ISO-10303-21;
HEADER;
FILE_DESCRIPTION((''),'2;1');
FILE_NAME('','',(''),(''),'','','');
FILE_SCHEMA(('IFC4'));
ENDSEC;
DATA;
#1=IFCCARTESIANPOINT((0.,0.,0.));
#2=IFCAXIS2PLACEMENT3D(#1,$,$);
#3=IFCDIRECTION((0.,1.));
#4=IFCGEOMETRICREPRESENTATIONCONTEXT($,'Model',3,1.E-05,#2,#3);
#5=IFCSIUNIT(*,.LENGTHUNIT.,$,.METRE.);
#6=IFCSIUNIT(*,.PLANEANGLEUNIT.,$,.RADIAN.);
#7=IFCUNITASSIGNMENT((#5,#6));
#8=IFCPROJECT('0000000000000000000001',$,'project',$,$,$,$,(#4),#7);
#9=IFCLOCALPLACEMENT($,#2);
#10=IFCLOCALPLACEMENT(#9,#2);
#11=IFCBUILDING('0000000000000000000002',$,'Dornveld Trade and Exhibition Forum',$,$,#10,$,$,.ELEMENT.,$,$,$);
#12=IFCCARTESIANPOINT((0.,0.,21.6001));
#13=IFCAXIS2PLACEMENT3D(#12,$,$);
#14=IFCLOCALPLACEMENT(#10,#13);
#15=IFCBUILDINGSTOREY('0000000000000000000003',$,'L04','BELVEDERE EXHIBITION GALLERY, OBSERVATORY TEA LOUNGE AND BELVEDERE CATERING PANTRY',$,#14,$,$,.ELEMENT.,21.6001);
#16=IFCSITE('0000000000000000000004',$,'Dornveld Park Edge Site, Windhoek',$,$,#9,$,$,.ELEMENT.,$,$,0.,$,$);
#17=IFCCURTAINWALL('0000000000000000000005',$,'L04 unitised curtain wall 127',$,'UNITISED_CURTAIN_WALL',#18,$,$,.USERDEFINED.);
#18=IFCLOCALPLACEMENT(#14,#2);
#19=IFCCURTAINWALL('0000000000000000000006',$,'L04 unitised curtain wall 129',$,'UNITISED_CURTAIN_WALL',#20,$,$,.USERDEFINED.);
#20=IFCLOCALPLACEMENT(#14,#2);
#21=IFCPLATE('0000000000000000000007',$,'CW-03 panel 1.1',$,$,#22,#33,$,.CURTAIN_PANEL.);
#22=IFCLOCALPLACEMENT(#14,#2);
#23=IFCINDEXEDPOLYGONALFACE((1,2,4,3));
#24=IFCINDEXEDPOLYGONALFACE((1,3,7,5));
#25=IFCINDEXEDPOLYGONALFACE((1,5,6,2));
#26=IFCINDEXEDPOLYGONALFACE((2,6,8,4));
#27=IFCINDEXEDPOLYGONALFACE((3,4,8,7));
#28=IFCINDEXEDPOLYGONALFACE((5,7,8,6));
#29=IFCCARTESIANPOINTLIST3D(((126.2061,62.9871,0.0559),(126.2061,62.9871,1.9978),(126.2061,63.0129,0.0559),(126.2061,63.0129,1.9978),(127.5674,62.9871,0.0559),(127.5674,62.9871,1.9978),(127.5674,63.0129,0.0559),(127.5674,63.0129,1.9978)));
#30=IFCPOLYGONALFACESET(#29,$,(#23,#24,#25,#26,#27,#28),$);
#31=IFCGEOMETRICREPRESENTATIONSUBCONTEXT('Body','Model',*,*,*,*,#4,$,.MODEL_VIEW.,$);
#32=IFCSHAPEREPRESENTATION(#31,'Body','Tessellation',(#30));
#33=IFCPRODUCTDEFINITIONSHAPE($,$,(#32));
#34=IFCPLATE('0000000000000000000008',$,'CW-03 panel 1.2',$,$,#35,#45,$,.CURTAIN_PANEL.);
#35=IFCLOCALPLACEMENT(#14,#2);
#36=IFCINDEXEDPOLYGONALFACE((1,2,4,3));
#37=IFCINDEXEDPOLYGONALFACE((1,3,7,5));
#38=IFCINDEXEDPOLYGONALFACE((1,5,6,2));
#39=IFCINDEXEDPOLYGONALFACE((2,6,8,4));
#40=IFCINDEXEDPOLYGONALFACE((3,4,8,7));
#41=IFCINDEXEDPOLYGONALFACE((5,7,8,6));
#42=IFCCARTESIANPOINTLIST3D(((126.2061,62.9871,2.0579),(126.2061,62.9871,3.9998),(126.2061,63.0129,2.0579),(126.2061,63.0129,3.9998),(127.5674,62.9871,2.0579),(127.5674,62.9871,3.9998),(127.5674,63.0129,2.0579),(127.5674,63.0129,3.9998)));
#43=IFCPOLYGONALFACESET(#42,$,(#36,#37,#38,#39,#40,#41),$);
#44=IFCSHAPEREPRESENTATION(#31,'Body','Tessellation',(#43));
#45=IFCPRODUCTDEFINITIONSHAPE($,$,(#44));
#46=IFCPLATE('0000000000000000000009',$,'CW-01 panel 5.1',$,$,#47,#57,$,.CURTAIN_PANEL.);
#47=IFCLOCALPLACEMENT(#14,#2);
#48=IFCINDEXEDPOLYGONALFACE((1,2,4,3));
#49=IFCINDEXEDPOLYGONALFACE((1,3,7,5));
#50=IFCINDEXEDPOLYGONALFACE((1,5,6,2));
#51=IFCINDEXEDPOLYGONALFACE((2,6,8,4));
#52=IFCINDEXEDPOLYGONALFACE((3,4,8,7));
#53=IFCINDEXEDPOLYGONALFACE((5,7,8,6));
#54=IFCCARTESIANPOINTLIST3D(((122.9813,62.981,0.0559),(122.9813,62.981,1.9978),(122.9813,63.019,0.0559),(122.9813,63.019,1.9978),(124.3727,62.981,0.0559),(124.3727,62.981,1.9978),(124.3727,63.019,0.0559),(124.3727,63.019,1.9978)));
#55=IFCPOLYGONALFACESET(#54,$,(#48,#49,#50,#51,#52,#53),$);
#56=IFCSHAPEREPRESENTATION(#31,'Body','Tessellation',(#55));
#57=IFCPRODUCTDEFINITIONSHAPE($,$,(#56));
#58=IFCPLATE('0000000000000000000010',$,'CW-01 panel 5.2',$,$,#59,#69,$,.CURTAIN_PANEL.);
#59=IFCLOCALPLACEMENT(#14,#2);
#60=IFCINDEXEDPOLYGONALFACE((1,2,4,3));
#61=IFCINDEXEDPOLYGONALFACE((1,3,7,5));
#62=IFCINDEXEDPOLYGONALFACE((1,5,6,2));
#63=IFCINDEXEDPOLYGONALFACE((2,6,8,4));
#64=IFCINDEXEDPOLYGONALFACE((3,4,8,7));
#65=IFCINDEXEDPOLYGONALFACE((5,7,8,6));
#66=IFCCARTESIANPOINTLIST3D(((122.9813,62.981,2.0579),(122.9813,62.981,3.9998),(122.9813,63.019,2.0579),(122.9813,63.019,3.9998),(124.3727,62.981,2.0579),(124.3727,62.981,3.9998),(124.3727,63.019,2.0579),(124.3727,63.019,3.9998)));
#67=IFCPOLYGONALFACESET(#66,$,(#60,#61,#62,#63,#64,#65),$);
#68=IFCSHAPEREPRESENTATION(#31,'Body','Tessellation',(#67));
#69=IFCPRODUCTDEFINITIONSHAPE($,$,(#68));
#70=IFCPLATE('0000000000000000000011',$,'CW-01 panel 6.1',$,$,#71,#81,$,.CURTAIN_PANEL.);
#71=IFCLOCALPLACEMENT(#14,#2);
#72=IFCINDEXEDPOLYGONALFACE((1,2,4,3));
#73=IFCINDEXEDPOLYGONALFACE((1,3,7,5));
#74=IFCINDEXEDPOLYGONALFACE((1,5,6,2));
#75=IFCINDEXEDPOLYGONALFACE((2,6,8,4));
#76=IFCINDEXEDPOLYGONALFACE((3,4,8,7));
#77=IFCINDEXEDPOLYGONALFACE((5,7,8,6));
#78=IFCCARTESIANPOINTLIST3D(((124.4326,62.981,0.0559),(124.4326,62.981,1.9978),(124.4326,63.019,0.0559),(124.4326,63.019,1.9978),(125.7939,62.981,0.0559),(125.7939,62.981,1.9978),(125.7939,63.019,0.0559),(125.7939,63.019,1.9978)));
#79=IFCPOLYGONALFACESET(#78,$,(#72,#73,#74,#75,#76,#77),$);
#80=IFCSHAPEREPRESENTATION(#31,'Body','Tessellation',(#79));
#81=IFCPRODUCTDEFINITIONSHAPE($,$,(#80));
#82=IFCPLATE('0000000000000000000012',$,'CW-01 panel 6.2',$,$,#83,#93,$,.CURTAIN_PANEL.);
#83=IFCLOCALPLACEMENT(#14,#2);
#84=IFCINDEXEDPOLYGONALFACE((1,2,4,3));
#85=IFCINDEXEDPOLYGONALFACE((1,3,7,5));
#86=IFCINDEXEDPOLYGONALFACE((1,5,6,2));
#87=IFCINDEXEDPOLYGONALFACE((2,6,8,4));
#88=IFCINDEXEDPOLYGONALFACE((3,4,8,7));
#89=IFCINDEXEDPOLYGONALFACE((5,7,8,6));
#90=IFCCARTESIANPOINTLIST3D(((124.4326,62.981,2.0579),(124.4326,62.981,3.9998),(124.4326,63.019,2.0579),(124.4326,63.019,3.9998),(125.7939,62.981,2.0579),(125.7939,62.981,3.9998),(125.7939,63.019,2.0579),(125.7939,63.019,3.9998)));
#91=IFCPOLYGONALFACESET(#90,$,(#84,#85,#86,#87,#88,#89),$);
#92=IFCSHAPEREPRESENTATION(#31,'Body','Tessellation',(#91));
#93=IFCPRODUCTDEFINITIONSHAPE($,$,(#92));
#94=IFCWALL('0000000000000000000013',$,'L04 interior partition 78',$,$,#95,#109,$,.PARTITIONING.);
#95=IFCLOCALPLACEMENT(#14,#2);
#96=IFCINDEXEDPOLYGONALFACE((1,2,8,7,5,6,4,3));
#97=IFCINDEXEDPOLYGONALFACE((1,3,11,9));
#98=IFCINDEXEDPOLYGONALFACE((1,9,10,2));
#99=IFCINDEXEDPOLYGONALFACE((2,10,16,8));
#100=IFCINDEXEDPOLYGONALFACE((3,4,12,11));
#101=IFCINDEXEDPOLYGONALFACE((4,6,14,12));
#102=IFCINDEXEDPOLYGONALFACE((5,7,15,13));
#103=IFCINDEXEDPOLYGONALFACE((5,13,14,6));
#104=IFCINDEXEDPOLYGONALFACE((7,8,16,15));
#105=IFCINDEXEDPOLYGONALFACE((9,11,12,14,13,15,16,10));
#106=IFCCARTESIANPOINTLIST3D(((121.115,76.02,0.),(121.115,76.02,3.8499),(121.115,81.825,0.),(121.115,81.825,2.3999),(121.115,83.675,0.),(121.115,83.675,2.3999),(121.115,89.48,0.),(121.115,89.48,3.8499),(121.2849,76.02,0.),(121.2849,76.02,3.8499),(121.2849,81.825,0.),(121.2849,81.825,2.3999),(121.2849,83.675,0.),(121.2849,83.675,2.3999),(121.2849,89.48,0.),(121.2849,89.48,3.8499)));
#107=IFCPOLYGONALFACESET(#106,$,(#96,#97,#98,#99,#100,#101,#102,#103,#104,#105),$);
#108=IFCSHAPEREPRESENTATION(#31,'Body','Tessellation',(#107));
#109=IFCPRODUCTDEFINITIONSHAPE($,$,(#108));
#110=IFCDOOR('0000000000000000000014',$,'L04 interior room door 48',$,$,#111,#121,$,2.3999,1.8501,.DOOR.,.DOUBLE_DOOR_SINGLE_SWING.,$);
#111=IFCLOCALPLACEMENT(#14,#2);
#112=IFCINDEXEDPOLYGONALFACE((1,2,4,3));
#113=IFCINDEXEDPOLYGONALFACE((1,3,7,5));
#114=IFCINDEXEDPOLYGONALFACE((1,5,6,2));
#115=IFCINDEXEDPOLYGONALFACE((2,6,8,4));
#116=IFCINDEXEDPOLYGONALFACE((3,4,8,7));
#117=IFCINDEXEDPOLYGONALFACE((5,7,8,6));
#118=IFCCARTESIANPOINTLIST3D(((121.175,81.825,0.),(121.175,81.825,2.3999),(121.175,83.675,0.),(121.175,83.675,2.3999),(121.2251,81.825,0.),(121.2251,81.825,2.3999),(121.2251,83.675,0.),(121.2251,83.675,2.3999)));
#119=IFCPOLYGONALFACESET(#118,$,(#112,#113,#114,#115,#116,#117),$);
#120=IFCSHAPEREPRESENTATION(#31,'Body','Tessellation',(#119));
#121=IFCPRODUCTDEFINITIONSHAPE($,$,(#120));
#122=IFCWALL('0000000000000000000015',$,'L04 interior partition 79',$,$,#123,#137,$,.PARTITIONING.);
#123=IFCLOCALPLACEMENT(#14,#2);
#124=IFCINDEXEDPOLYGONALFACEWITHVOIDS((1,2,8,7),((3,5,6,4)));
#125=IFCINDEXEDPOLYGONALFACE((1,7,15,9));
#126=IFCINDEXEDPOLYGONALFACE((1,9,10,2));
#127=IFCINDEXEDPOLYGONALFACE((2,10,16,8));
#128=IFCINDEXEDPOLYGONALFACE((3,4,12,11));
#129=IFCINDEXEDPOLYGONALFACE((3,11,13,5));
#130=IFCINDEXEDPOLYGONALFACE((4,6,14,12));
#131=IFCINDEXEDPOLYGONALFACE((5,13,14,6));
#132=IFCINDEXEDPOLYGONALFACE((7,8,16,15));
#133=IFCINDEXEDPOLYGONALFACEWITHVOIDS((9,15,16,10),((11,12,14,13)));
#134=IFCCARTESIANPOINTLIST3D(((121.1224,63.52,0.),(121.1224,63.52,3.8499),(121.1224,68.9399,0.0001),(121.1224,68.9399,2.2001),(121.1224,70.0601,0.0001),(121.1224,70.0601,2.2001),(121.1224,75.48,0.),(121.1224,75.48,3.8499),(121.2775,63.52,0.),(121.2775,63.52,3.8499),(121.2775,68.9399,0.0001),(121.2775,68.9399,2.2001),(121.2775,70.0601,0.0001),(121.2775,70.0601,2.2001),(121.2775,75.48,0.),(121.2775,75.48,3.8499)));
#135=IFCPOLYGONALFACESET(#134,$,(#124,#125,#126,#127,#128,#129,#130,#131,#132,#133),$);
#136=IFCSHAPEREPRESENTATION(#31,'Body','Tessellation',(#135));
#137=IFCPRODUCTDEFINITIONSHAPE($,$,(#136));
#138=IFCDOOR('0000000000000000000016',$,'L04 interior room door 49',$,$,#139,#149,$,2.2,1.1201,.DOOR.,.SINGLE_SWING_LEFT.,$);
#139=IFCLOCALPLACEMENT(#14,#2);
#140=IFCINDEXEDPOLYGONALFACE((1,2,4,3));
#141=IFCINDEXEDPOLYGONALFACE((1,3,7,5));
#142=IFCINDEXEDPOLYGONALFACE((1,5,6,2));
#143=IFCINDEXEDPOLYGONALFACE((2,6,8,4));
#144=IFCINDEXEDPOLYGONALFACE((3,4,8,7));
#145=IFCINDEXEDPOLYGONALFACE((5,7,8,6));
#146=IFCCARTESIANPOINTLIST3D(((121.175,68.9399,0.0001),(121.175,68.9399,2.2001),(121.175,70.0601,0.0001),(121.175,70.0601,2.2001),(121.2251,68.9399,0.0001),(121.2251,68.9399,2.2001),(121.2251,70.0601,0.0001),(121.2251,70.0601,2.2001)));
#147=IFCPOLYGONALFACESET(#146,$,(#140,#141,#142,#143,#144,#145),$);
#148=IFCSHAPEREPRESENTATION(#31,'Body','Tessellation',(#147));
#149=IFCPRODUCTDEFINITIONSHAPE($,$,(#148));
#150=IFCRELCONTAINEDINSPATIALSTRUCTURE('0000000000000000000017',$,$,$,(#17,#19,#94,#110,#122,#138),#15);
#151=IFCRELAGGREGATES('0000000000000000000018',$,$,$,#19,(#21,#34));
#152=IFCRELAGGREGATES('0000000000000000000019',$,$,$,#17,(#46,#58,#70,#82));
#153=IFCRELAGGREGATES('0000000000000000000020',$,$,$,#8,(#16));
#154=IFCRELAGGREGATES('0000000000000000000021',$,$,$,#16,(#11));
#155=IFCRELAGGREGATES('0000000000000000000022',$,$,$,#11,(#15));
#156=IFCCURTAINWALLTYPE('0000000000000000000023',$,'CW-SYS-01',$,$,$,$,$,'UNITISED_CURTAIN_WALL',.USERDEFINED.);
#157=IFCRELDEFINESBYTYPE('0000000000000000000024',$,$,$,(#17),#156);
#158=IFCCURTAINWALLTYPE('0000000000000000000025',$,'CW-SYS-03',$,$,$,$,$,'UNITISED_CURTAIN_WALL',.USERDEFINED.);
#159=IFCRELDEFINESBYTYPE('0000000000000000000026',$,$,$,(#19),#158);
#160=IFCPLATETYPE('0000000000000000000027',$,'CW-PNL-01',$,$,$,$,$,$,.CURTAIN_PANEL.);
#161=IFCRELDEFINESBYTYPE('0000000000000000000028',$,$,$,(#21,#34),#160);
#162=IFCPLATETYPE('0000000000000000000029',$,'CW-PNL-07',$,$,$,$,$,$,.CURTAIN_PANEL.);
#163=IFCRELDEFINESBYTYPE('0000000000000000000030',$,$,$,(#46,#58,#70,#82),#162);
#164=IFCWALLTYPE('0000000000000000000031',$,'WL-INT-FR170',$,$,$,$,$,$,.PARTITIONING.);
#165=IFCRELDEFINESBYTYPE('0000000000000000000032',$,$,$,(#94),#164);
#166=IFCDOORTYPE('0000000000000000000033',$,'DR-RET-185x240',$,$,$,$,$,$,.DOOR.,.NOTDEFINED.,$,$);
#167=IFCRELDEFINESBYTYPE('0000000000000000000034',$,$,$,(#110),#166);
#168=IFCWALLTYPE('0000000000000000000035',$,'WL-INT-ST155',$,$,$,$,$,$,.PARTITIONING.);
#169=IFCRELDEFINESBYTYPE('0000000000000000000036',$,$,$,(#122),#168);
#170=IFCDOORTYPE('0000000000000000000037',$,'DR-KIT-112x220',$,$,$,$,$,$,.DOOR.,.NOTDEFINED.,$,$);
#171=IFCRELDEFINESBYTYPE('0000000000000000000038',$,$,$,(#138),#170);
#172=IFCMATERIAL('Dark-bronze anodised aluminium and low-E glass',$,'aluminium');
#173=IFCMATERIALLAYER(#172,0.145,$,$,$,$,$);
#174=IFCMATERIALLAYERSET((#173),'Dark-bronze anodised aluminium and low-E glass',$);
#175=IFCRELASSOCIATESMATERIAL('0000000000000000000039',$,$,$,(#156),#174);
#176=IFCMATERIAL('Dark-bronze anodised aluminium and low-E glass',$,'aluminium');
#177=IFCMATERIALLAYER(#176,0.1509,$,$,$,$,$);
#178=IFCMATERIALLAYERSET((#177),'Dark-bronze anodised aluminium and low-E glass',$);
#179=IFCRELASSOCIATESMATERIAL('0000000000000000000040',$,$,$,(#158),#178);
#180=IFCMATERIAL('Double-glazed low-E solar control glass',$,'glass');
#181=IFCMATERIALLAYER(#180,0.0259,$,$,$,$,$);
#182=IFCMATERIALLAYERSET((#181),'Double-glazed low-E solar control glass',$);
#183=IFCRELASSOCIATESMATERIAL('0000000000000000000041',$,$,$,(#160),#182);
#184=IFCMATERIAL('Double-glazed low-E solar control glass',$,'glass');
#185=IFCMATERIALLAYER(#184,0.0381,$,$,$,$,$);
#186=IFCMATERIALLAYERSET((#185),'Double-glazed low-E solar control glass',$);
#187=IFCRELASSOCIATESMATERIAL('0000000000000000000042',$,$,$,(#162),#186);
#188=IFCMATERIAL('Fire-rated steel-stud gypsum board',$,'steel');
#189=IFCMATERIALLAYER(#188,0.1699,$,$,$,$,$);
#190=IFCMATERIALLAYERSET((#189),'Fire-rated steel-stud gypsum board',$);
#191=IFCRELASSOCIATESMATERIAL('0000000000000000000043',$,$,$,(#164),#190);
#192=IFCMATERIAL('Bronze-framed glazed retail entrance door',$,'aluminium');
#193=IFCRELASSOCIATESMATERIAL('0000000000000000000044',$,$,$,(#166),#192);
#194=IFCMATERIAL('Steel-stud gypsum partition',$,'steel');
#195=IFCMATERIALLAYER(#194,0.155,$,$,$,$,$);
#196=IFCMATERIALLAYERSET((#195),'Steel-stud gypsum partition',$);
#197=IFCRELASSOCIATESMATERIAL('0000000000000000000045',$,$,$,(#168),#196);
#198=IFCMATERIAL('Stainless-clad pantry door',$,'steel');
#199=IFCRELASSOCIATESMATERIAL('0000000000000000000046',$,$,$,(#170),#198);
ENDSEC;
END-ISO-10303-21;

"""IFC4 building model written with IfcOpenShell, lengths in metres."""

from ifc_helpers import new_model, si_unit, direction, frame, frame_2d, origin, origin_2d, place, context, subcontext, project, spatial, rectangle, extrude, material, layer, layer_set, type_object, element, fill, aggregate, save


model = new_model("IFC4")

# Units and contexts
model_context = context("Model", 3, precision=1e-05, world=origin(), true_north=direction((0.0, 1.0)))
body_context = subcontext(model_context, "Body", "Model", "MODEL_VIEW")
ifc_project = project(units=[si_unit("LENGTHUNIT", "METRE"), si_unit("PLANEANGLEUNIT", "RADIAN")], contexts=[model_context])

# Site, building, storey
site_placement = place(None, origin())
site = spatial("IfcSite", under=ifc_project, at=site_placement, Name="Dornveld Park Edge Site, Windhoek", CompositionType="ELEMENT", RefElevation=0.0)
building_placement = place(site_placement, origin())
building = spatial("IfcBuilding", under=site, at=building_placement, Name="Dornveld Trade and Exhibition Forum", CompositionType="ELEMENT")
storey_placement = place(building_placement, frame((0.0, 0.0, 21.6001)))
storey = spatial("IfcBuildingStorey", under=building, at=storey_placement, Name="L04", Description="BELVEDERE EXHIBITION GALLERY, OBSERVATORY TEA LOUNGE AND BELVEDERE CATERING PANTRY", CompositionType="ELEMENT", Elevation=21.6001)

# Curtain walls
ifc_material_1 = material(Name="Dark-bronze anodised aluminium and low-E glass", Category="aluminium")
ifc_layer_1 = layer(ifc_material_1, 0.145)
ifc_layer_set_1 = layer_set([ifc_layer_1], Name="Dark-bronze anodised aluminium and low-E glass")
curtain_wall_type_1 = type_object("IfcCurtainWallType", Name="CW-SYS-01", ElementType="UNITISED_CURTAIN_WALL", PredefinedType="USERDEFINED", material=ifc_layer_set_1)
curtain_wall_1_placement = place(storey_placement, origin())
curtain_wall_1 = element("IfcCurtainWall", 1, at=curtain_wall_1_placement, inside=storey, type_object=curtain_wall_type_1, Name="L04 unitised curtain wall 127", ObjectType="UNITISED_CURTAIN_WALL", PredefinedType="USERDEFINED")
ifc_material_2 = material(Name="Dark-bronze anodised aluminium and low-E glass", Category="aluminium")
ifc_layer_2 = layer(ifc_material_2, 0.1509)
ifc_layer_set_2 = layer_set([ifc_layer_2], Name="Dark-bronze anodised aluminium and low-E glass")
curtain_wall_type_2 = type_object("IfcCurtainWallType", Name="CW-SYS-03", ElementType="UNITISED_CURTAIN_WALL", PredefinedType="USERDEFINED", material=ifc_layer_set_2)
curtain_wall_2_placement = place(storey_placement, origin())
curtain_wall_2 = element("IfcCurtainWall", 2, at=curtain_wall_2_placement, inside=storey, type_object=curtain_wall_type_2, Name="L04 unitised curtain wall 129", ObjectType="UNITISED_CURTAIN_WALL", PredefinedType="USERDEFINED")

# Plates
ifc_material_3 = material(Name="Double-glazed low-E solar control glass", Category="glass")
ifc_layer_3 = layer(ifc_material_3, 0.0259)
ifc_layer_set_3 = layer_set([ifc_layer_3], Name="Double-glazed low-E solar control glass")
plate_type_1 = type_object("IfcPlateType", Name="CW-PNL-01", PredefinedType="CURTAIN_PANEL", material=ifc_layer_set_3)
plate_1_placement = place(storey_placement, frame((126.8867, 63.0, 0.0559), z_axis=(0.0, 0.0, 1.0), x_axis=(1.0, 0.0, 0.0)))
plate_1 = element("IfcPlate", 3, at=plate_1_placement, type_object=plate_type_1, Name="CW-03 panel 1.1", PredefinedType="CURTAIN_PANEL", context=body_context, shape_type="SweptSolid", body=[
    extrude(rectangle(XDim=1.3613, YDim=0.0259, at=origin_2d()), origin(), (0.0, 0.0, 1.0), 1.9419),
])
plate_2_placement = place(storey_placement, frame((126.8867, 63.0, 2.0579), z_axis=(0.0, 0.0, 1.0), x_axis=(1.0, 0.0, 0.0)))
plate_2 = element("IfcPlate", 4, at=plate_2_placement, type_object=plate_type_1, Name="CW-03 panel 1.2", PredefinedType="CURTAIN_PANEL", context=body_context, shape_type="SweptSolid", body=[
    extrude(rectangle(XDim=1.3613, YDim=0.0259, at=origin_2d()), origin(), (0.0, 0.0, 1.0), 1.9419),
])
aggregate(curtain_wall_2, [plate_1, plate_2])
ifc_material_4 = material(Name="Double-glazed low-E solar control glass", Category="glass")
ifc_layer_4 = layer(ifc_material_4, 0.0381)
ifc_layer_set_4 = layer_set([ifc_layer_4], Name="Double-glazed low-E solar control glass")
plate_type_2 = type_object("IfcPlateType", Name="CW-PNL-07", PredefinedType="CURTAIN_PANEL", material=ifc_layer_set_4)
plate_3_placement = place(storey_placement, frame((123.677, 63.0, 0.0559), z_axis=(0.0, 0.0, 1.0), x_axis=(1.0, 0.0, 0.0)))
plate_3 = element("IfcPlate", 5, at=plate_3_placement, type_object=plate_type_2, Name="CW-01 panel 5.1", PredefinedType="CURTAIN_PANEL", context=body_context, shape_type="SweptSolid", body=[
    extrude(rectangle(XDim=1.3914, YDim=0.0381, at=origin_2d()), origin(), (0.0, 0.0, 1.0), 1.9419),
])
plate_4_placement = place(storey_placement, frame((123.677, 63.0, 2.0579), z_axis=(0.0, 0.0, 1.0), x_axis=(1.0, 0.0, 0.0)))
plate_4 = element("IfcPlate", 6, at=plate_4_placement, type_object=plate_type_2, Name="CW-01 panel 5.2", PredefinedType="CURTAIN_PANEL", context=body_context, shape_type="SweptSolid", body=[
    extrude(rectangle(XDim=1.3914, YDim=0.0381, at=origin_2d()), origin(), (0.0, 0.0, 1.0), 1.9419),
])
plate_5_placement = place(storey_placement, frame((125.1133, 63.0, 0.0559), z_axis=(0.0, 0.0, 1.0), x_axis=(1.0, 0.0, 0.0)))
plate_5 = element("IfcPlate", 7, at=plate_5_placement, type_object=plate_type_2, Name="CW-01 panel 6.1", PredefinedType="CURTAIN_PANEL", context=body_context, shape_type="SweptSolid", body=[
    extrude(rectangle(XDim=1.3613, YDim=0.0381, at=origin_2d()), origin(), (0.0, 0.0, 1.0), 1.9419),
])
plate_6_placement = place(storey_placement, frame((125.1133, 63.0, 2.0579), z_axis=(0.0, 0.0, 1.0), x_axis=(1.0, 0.0, 0.0)))
plate_6 = element("IfcPlate", 8, at=plate_6_placement, type_object=plate_type_2, Name="CW-01 panel 6.2", PredefinedType="CURTAIN_PANEL", context=body_context, shape_type="SweptSolid", body=[
    extrude(rectangle(XDim=1.3613, YDim=0.0381, at=origin_2d()), origin(), (0.0, 0.0, 1.0), 1.9419),
])
aggregate(curtain_wall_1, [plate_3, plate_4, plate_5, plate_6])

# Walls, openings, doors
ifc_material_5 = material(Name="Fire-rated steel-stud gypsum board", Category="steel")
ifc_layer_5 = layer(ifc_material_5, 0.1699)
ifc_layer_set_5 = layer_set([ifc_layer_5], Name="Fire-rated steel-stud gypsum board")
wall_type_1 = type_object("IfcWallType", Name="WL-INT-FR170", PredefinedType="PARTITIONING", material=ifc_layer_set_5)
wall_1_placement = place(storey_placement, frame((121.2, 76.02, 0.0), z_axis=(0.0, 0.0, 1.0), x_axis=(0.0, 1.0, 0.0)))
wall_1 = element("IfcWall", 9, at=wall_1_placement, inside=storey, type_object=wall_type_1, Name="L04 interior partition 78", PredefinedType="PARTITIONING", context=body_context, shape_type="SweptSolid", body=[
    extrude(rectangle(XDim=13.46, YDim=0.1699, at=frame_2d((6.73, 0.0))), origin(), (0.0, 0.0, 1.0), 3.8499),
])
opening_1_placement = place(wall_1_placement, frame((5.8049, 0.0, 0.0)))
opening_1 = element("IfcOpeningElement", 10, at=opening_1_placement, cuts=wall_1, PredefinedType="OPENING", context=body_context, shape_type="SweptSolid", body=[
    extrude(rectangle(XDim=1.8501, YDim=2.3999, at=frame_2d((0.925, 1.2))), frame((0.0, 0.095, 0.0), z_axis=(0.0, -1.0, 0.0), x_axis=(1.0, 0.0, 0.0)), (0.0, 0.0, 1.0), 0.1899),
])
ifc_material_6 = material(Name="Bronze-framed glazed retail entrance door", Category="aluminium")
door_type_1 = type_object("IfcDoorType", Name="DR-RET-185x240", OperationType="NOTDEFINED", PredefinedType="DOOR", material=ifc_material_6)
door_1_placement = place(opening_1_placement, origin())
door_1 = element("IfcDoor", 11, at=door_1_placement, inside=storey, type_object=door_type_1, Name="L04 interior room door 48", OperationType="DOUBLE_DOOR_SINGLE_SWING", OverallHeight=2.3999, OverallWidth=1.8501, PredefinedType="DOOR", context=body_context, shape_type="SweptSolid", body=[
    extrude(rectangle(XDim=1.8501, YDim=2.3999, at=frame_2d((0.925, 1.2))), frame((0.0, 0.0249, 0.0), z_axis=(0.0, -1.0, 0.0), x_axis=(1.0, 0.0, 0.0)), (0.0, 0.0, 1.0), 0.05),
])
fill(opening_1, door_1)
ifc_material_7 = material(Name="Steel-stud gypsum partition", Category="steel")
ifc_layer_6 = layer(ifc_material_7, 0.155)
ifc_layer_set_6 = layer_set([ifc_layer_6], Name="Steel-stud gypsum partition")
wall_type_2 = type_object("IfcWallType", Name="WL-INT-ST155", PredefinedType="PARTITIONING", material=ifc_layer_set_6)
wall_2_placement = place(storey_placement, frame((121.2, 63.52, 0.0), z_axis=(0.0, 0.0, 1.0), x_axis=(0.0, 1.0, 0.0)))
wall_2 = element("IfcWall", 12, at=wall_2_placement, inside=storey, type_object=wall_type_2, Name="L04 interior partition 79", PredefinedType="PARTITIONING", context=body_context, shape_type="SweptSolid", body=[
    extrude(rectangle(XDim=11.96, YDim=0.155, at=frame_2d((5.98, 0.0))), origin(), (0.0, 0.0, 1.0), 3.8499),
])
opening_2_placement = place(wall_2_placement, frame((5.4199, 0.0, 0.0)))
opening_2 = element("IfcOpeningElement", 13, at=opening_2_placement, cuts=wall_2, PredefinedType="OPENING", context=body_context, shape_type="SweptSolid", body=[
    extrude(rectangle(XDim=1.1201, YDim=2.2, at=frame_2d((0.5601, 1.1001))), frame((0.0, 0.0874, 0.0), z_axis=(0.0, -1.0, 0.0), x_axis=(1.0, 0.0, 0.0)), (0.0, 0.0, 1.0), 0.175),
])
ifc_material_8 = material(Name="Stainless-clad pantry door", Category="steel")
door_type_2 = type_object("IfcDoorType", Name="DR-KIT-112x220", OperationType="NOTDEFINED", PredefinedType="DOOR", material=ifc_material_8)
door_2_placement = place(opening_2_placement, origin())
door_2 = element("IfcDoor", 14, at=door_2_placement, inside=storey, type_object=door_type_2, Name="L04 interior room door 49", OperationType="SINGLE_SWING_LEFT", OverallHeight=2.2, OverallWidth=1.1201, PredefinedType="DOOR", context=body_context, shape_type="SweptSolid", body=[
    extrude(rectangle(XDim=1.1201, YDim=2.2, at=frame_2d((0.5601, 1.1001))), frame((0.0, 0.0249, 0.0), z_axis=(0.0, -1.0, 0.0), x_axis=(1.0, 0.0, 0.0)), (0.0, 0.0, 1.0), 0.05),
])
fill(opening_2, door_2)

save(model, "model.ifc")
